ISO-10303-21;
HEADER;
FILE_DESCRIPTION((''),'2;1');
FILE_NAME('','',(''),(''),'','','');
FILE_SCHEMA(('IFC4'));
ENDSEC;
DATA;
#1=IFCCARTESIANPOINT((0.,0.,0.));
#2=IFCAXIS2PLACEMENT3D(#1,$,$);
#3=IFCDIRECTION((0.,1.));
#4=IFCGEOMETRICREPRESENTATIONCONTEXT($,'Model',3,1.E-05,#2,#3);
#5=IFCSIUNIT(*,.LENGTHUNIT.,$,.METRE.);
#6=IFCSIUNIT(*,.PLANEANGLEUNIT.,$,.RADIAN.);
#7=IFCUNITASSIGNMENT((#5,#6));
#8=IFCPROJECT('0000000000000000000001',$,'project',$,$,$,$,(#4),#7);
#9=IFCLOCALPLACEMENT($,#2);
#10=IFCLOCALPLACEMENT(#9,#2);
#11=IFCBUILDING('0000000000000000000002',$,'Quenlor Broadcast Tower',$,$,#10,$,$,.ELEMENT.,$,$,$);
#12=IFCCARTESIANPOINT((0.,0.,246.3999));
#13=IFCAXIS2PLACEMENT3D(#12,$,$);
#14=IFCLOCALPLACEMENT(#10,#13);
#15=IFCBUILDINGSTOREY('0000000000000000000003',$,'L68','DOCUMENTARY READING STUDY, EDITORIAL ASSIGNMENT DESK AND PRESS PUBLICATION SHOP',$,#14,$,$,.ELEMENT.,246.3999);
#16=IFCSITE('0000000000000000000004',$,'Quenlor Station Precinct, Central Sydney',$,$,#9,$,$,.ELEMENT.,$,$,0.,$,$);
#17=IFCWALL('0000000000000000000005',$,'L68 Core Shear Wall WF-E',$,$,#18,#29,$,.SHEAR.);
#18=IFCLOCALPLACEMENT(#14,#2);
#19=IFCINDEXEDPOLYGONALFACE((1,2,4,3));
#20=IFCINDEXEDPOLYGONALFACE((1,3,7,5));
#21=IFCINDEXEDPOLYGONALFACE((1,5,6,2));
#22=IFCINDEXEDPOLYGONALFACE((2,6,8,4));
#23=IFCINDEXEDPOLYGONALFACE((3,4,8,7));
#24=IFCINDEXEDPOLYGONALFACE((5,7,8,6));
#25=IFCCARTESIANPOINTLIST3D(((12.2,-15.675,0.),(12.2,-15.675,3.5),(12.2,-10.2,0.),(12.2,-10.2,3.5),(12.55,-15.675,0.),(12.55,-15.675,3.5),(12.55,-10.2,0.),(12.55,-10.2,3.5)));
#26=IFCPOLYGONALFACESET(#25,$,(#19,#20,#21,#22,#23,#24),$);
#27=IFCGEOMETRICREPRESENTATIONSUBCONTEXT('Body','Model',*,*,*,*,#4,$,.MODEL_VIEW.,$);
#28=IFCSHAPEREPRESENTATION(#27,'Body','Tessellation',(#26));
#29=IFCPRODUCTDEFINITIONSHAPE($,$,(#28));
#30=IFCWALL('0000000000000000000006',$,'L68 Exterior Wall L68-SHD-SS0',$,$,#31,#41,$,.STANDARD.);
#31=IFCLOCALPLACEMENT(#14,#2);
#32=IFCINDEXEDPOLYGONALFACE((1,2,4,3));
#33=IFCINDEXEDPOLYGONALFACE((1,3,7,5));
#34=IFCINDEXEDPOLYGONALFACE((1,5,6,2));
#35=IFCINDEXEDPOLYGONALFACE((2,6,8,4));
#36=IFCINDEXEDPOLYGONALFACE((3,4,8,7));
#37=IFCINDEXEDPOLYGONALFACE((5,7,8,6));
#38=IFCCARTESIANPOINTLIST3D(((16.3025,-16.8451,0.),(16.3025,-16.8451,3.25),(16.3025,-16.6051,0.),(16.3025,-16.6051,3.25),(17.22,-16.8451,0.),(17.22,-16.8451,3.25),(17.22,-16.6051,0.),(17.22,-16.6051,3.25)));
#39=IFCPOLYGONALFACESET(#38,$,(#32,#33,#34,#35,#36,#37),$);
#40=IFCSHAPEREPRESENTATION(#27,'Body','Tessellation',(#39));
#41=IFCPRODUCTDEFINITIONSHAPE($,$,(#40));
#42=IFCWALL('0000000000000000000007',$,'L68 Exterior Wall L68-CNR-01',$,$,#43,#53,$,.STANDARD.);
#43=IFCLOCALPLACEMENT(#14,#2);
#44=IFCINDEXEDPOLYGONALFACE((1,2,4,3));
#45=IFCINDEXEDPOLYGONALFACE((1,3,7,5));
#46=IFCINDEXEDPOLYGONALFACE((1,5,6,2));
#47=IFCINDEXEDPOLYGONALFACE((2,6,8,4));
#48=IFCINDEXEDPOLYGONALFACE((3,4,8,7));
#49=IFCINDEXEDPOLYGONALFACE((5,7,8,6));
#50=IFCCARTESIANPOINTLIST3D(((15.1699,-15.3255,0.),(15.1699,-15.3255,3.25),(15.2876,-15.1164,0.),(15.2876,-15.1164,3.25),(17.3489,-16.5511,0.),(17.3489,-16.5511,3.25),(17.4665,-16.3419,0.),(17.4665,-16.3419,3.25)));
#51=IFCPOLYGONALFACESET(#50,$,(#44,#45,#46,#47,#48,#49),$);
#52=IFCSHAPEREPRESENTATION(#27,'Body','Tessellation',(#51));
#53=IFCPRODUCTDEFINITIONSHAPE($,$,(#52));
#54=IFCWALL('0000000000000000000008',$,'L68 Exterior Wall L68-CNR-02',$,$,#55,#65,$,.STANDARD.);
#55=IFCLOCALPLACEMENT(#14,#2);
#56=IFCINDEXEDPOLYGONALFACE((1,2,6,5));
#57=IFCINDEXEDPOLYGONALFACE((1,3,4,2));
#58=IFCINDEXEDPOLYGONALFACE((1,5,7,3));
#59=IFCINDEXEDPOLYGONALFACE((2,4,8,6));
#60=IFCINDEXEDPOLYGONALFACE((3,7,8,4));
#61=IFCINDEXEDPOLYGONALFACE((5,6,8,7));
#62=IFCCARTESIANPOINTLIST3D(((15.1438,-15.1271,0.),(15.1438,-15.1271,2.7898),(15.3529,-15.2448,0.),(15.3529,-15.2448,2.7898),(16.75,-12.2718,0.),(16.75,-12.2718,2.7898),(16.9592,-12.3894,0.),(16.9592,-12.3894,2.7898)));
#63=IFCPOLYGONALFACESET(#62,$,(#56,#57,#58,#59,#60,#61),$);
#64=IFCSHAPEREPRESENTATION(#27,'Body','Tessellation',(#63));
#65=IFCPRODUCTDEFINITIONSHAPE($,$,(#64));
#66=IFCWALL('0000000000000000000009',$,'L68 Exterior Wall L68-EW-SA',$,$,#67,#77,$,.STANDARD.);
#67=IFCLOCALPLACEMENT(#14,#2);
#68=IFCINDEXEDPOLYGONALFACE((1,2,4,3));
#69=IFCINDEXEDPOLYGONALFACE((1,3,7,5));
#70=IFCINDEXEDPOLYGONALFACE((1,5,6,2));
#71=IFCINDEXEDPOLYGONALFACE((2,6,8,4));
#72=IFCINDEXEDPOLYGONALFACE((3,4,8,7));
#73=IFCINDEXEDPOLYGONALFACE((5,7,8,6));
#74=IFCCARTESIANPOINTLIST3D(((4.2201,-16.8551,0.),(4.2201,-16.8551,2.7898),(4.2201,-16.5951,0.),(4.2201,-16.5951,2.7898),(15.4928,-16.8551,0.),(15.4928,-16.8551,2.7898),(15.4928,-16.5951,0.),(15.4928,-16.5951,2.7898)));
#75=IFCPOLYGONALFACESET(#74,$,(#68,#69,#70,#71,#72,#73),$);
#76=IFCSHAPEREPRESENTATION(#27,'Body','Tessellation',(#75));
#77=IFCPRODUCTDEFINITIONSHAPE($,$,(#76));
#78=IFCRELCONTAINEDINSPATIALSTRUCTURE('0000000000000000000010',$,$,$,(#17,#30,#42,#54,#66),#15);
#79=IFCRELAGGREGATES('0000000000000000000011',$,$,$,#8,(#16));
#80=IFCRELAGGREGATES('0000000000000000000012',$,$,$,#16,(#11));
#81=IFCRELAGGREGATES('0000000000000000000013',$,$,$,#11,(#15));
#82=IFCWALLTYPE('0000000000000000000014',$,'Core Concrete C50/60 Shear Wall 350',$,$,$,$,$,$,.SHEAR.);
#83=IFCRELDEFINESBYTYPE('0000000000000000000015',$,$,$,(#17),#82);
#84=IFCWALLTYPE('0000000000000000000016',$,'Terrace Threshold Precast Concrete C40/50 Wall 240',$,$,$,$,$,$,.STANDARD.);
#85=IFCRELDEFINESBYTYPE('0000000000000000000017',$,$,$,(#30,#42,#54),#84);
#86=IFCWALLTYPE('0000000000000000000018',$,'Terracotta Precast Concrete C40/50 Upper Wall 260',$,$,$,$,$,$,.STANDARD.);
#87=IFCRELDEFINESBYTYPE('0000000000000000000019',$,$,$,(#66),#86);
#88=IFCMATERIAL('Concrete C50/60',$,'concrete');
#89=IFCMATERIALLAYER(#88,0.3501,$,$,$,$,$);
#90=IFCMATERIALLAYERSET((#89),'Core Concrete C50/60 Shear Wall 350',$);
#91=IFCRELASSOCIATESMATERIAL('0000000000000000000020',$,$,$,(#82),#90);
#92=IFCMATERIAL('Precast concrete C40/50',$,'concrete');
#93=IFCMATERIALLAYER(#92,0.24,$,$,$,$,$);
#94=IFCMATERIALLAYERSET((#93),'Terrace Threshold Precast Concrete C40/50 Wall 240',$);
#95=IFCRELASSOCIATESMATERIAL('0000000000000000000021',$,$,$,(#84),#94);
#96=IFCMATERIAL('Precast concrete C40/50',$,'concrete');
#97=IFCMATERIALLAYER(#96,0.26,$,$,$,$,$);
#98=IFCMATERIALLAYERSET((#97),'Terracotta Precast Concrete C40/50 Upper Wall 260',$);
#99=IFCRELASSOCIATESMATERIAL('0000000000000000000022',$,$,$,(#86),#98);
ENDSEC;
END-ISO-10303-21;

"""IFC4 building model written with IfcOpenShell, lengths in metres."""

from ifc_helpers import new_model, si_unit, direction, frame, frame_2d, origin, place, context, subcontext, project, spatial, rectangle, extrude, material, layer, layer_set, type_object, element, save


model = new_model("IFC4")

# Units and contexts
model_context = context("Model", 3, precision=1e-05, world=origin(), true_north=direction((0.0, 1.0)))
body_context = subcontext(model_context, "Body", "Model", "MODEL_VIEW")
ifc_project = project(units=[si_unit("LENGTHUNIT", "METRE"), si_unit("PLANEANGLEUNIT", "RADIAN")], contexts=[model_context])

# Site, building, storey
site_placement = place(None, origin())
site = spatial("IfcSite", under=ifc_project, at=site_placement, Name="Quenlor Station Precinct, Central Sydney", CompositionType="ELEMENT", RefElevation=0.0)
building_placement = place(site_placement, origin())
building = spatial("IfcBuilding", under=site, at=building_placement, Name="Quenlor Broadcast Tower", CompositionType="ELEMENT")
storey_placement = place(building_placement, frame((0.0, 0.0, 246.3999)))
storey = spatial("IfcBuildingStorey", under=building, at=storey_placement, Name="L68", Description="DOCUMENTARY READING STUDY, EDITORIAL ASSIGNMENT DESK AND PRESS PUBLICATION SHOP", CompositionType="ELEMENT", Elevation=246.3999)

# Walls
ifc_material_1 = material(Name="Concrete C50/60", Category="concrete")
ifc_layer_1 = layer(ifc_material_1, 0.3501)
ifc_layer_set_1 = layer_set([ifc_layer_1], Name="Core Concrete C50/60 Shear Wall 350")
wall_type_1 = type_object("IfcWallType", Name="Core Concrete C50/60 Shear Wall 350", PredefinedType="SHEAR", material=ifc_layer_set_1)
wall_1_placement = place(storey_placement, frame((12.375, -15.675, 0.0), z_axis=(0.0, 0.0, 1.0), x_axis=(0.0, 1.0, 0.0)))
element("IfcWall", 1, at=wall_1_placement, inside=storey, type_object=wall_type_1, Name="L68 Core Shear Wall WF-E", PredefinedType="SHEAR", context=body_context, shape_type="SweptSolid", body=[
    extrude(rectangle(XDim=5.4751, YDim=0.3501, at=frame_2d((2.7375, 0.0))), origin(), (0.0, 0.0, 1.0), 3.5),
])
ifc_material_2 = material(Name="Precast concrete C40/50", Category="concrete")
ifc_layer_2 = layer(ifc_material_2, 0.24)
ifc_layer_set_2 = layer_set([ifc_layer_2], Name="Terrace Threshold Precast Concrete C40/50 Wall 240")
wall_type_2 = type_object("IfcWallType", Name="Terrace Threshold Precast Concrete C40/50 Wall 240", PredefinedType="STANDARD", material=ifc_layer_set_2)
wall_2_placement = place(storey_placement, frame((17.22, -16.7251, 0.0), z_axis=(0.0, 0.0, 1.0), x_axis=(-1.0, 0.0, 0.0)))
element("IfcWall", 2, at=wall_2_placement, inside=storey, type_object=wall_type_2, Name="L68 Exterior Wall L68-SHD-SS0", PredefinedType="STANDARD", context=body_context, shape_type="SweptSolid", body=[
    extrude(rectangle(XDim=0.9175, YDim=0.24, at=frame_2d((0.4587, 0.0))), origin(), (0.0, 0.0, 1.0), 3.25),
])
wall_3_placement = place(storey_placement, frame((17.4077, -16.4465, 0.0), z_axis=(0.0, 0.0, 1.0), x_axis=(-0.871589, 0.490238, 0.0)))
element("IfcWall", 3, at=wall_3_placement, inside=storey, type_object=wall_type_2, Name="L68 Exterior Wall L68-CNR-01", PredefinedType="STANDARD", context=body_context, shape_type="SweptSolid", body=[
    extrude(rectangle(XDim=2.5, YDim=0.24, at=frame_2d((1.25, 0.0))), origin(), (0.0, 0.0, 1.0), 3.25),
])
wall_4_placement = place(storey_placement, frame((15.2483, -15.186, 0.0), z_axis=(0.0, 0.0, 1.0), x_axis=(0.490293, 0.871558, 0.0)))
element("IfcWall", 4, at=wall_4_placement, inside=storey, type_object=wall_type_2, Name="L68 Exterior Wall L68-CNR-02", PredefinedType="STANDARD", context=body_context, shape_type="SweptSolid", body=[
    extrude(rectangle(XDim=3.2761, YDim=0.24, at=frame_2d((1.6382, 0.0))), origin(), (0.0, 0.0, 1.0), 2.7898),
])
ifc_material_3 = material(Name="Precast concrete C40/50", Category="concrete")
ifc_layer_3 = layer(ifc_material_3, 0.26)
ifc_layer_set_3 = layer_set([ifc_layer_3], Name="Terracotta Precast Concrete C40/50 Upper Wall 260")
wall_type_3 = type_object("IfcWallType", Name="Terracotta Precast Concrete C40/50 Upper Wall 260", PredefinedType="STANDARD", material=ifc_layer_set_3)
wall_5_placement = place(storey_placement, frame((15.4927, -16.7251, 0.0), z_axis=(0.0, 0.0, 1.0), x_axis=(-1.0, 0.0, 0.0)))
element("IfcWall", 5, at=wall_5_placement, inside=storey, type_object=wall_type_3, Name="L68 Exterior Wall L68-EW-SA", PredefinedType="STANDARD", context=body_context, shape_type="SweptSolid", body=[
    extrude(rectangle(XDim=11.2727, YDim=0.26, at=frame_2d((5.6362, 0.0))), origin(), (0.0, 0.0, 1.0), 2.7898),
])

save(model, "model.ifc")
